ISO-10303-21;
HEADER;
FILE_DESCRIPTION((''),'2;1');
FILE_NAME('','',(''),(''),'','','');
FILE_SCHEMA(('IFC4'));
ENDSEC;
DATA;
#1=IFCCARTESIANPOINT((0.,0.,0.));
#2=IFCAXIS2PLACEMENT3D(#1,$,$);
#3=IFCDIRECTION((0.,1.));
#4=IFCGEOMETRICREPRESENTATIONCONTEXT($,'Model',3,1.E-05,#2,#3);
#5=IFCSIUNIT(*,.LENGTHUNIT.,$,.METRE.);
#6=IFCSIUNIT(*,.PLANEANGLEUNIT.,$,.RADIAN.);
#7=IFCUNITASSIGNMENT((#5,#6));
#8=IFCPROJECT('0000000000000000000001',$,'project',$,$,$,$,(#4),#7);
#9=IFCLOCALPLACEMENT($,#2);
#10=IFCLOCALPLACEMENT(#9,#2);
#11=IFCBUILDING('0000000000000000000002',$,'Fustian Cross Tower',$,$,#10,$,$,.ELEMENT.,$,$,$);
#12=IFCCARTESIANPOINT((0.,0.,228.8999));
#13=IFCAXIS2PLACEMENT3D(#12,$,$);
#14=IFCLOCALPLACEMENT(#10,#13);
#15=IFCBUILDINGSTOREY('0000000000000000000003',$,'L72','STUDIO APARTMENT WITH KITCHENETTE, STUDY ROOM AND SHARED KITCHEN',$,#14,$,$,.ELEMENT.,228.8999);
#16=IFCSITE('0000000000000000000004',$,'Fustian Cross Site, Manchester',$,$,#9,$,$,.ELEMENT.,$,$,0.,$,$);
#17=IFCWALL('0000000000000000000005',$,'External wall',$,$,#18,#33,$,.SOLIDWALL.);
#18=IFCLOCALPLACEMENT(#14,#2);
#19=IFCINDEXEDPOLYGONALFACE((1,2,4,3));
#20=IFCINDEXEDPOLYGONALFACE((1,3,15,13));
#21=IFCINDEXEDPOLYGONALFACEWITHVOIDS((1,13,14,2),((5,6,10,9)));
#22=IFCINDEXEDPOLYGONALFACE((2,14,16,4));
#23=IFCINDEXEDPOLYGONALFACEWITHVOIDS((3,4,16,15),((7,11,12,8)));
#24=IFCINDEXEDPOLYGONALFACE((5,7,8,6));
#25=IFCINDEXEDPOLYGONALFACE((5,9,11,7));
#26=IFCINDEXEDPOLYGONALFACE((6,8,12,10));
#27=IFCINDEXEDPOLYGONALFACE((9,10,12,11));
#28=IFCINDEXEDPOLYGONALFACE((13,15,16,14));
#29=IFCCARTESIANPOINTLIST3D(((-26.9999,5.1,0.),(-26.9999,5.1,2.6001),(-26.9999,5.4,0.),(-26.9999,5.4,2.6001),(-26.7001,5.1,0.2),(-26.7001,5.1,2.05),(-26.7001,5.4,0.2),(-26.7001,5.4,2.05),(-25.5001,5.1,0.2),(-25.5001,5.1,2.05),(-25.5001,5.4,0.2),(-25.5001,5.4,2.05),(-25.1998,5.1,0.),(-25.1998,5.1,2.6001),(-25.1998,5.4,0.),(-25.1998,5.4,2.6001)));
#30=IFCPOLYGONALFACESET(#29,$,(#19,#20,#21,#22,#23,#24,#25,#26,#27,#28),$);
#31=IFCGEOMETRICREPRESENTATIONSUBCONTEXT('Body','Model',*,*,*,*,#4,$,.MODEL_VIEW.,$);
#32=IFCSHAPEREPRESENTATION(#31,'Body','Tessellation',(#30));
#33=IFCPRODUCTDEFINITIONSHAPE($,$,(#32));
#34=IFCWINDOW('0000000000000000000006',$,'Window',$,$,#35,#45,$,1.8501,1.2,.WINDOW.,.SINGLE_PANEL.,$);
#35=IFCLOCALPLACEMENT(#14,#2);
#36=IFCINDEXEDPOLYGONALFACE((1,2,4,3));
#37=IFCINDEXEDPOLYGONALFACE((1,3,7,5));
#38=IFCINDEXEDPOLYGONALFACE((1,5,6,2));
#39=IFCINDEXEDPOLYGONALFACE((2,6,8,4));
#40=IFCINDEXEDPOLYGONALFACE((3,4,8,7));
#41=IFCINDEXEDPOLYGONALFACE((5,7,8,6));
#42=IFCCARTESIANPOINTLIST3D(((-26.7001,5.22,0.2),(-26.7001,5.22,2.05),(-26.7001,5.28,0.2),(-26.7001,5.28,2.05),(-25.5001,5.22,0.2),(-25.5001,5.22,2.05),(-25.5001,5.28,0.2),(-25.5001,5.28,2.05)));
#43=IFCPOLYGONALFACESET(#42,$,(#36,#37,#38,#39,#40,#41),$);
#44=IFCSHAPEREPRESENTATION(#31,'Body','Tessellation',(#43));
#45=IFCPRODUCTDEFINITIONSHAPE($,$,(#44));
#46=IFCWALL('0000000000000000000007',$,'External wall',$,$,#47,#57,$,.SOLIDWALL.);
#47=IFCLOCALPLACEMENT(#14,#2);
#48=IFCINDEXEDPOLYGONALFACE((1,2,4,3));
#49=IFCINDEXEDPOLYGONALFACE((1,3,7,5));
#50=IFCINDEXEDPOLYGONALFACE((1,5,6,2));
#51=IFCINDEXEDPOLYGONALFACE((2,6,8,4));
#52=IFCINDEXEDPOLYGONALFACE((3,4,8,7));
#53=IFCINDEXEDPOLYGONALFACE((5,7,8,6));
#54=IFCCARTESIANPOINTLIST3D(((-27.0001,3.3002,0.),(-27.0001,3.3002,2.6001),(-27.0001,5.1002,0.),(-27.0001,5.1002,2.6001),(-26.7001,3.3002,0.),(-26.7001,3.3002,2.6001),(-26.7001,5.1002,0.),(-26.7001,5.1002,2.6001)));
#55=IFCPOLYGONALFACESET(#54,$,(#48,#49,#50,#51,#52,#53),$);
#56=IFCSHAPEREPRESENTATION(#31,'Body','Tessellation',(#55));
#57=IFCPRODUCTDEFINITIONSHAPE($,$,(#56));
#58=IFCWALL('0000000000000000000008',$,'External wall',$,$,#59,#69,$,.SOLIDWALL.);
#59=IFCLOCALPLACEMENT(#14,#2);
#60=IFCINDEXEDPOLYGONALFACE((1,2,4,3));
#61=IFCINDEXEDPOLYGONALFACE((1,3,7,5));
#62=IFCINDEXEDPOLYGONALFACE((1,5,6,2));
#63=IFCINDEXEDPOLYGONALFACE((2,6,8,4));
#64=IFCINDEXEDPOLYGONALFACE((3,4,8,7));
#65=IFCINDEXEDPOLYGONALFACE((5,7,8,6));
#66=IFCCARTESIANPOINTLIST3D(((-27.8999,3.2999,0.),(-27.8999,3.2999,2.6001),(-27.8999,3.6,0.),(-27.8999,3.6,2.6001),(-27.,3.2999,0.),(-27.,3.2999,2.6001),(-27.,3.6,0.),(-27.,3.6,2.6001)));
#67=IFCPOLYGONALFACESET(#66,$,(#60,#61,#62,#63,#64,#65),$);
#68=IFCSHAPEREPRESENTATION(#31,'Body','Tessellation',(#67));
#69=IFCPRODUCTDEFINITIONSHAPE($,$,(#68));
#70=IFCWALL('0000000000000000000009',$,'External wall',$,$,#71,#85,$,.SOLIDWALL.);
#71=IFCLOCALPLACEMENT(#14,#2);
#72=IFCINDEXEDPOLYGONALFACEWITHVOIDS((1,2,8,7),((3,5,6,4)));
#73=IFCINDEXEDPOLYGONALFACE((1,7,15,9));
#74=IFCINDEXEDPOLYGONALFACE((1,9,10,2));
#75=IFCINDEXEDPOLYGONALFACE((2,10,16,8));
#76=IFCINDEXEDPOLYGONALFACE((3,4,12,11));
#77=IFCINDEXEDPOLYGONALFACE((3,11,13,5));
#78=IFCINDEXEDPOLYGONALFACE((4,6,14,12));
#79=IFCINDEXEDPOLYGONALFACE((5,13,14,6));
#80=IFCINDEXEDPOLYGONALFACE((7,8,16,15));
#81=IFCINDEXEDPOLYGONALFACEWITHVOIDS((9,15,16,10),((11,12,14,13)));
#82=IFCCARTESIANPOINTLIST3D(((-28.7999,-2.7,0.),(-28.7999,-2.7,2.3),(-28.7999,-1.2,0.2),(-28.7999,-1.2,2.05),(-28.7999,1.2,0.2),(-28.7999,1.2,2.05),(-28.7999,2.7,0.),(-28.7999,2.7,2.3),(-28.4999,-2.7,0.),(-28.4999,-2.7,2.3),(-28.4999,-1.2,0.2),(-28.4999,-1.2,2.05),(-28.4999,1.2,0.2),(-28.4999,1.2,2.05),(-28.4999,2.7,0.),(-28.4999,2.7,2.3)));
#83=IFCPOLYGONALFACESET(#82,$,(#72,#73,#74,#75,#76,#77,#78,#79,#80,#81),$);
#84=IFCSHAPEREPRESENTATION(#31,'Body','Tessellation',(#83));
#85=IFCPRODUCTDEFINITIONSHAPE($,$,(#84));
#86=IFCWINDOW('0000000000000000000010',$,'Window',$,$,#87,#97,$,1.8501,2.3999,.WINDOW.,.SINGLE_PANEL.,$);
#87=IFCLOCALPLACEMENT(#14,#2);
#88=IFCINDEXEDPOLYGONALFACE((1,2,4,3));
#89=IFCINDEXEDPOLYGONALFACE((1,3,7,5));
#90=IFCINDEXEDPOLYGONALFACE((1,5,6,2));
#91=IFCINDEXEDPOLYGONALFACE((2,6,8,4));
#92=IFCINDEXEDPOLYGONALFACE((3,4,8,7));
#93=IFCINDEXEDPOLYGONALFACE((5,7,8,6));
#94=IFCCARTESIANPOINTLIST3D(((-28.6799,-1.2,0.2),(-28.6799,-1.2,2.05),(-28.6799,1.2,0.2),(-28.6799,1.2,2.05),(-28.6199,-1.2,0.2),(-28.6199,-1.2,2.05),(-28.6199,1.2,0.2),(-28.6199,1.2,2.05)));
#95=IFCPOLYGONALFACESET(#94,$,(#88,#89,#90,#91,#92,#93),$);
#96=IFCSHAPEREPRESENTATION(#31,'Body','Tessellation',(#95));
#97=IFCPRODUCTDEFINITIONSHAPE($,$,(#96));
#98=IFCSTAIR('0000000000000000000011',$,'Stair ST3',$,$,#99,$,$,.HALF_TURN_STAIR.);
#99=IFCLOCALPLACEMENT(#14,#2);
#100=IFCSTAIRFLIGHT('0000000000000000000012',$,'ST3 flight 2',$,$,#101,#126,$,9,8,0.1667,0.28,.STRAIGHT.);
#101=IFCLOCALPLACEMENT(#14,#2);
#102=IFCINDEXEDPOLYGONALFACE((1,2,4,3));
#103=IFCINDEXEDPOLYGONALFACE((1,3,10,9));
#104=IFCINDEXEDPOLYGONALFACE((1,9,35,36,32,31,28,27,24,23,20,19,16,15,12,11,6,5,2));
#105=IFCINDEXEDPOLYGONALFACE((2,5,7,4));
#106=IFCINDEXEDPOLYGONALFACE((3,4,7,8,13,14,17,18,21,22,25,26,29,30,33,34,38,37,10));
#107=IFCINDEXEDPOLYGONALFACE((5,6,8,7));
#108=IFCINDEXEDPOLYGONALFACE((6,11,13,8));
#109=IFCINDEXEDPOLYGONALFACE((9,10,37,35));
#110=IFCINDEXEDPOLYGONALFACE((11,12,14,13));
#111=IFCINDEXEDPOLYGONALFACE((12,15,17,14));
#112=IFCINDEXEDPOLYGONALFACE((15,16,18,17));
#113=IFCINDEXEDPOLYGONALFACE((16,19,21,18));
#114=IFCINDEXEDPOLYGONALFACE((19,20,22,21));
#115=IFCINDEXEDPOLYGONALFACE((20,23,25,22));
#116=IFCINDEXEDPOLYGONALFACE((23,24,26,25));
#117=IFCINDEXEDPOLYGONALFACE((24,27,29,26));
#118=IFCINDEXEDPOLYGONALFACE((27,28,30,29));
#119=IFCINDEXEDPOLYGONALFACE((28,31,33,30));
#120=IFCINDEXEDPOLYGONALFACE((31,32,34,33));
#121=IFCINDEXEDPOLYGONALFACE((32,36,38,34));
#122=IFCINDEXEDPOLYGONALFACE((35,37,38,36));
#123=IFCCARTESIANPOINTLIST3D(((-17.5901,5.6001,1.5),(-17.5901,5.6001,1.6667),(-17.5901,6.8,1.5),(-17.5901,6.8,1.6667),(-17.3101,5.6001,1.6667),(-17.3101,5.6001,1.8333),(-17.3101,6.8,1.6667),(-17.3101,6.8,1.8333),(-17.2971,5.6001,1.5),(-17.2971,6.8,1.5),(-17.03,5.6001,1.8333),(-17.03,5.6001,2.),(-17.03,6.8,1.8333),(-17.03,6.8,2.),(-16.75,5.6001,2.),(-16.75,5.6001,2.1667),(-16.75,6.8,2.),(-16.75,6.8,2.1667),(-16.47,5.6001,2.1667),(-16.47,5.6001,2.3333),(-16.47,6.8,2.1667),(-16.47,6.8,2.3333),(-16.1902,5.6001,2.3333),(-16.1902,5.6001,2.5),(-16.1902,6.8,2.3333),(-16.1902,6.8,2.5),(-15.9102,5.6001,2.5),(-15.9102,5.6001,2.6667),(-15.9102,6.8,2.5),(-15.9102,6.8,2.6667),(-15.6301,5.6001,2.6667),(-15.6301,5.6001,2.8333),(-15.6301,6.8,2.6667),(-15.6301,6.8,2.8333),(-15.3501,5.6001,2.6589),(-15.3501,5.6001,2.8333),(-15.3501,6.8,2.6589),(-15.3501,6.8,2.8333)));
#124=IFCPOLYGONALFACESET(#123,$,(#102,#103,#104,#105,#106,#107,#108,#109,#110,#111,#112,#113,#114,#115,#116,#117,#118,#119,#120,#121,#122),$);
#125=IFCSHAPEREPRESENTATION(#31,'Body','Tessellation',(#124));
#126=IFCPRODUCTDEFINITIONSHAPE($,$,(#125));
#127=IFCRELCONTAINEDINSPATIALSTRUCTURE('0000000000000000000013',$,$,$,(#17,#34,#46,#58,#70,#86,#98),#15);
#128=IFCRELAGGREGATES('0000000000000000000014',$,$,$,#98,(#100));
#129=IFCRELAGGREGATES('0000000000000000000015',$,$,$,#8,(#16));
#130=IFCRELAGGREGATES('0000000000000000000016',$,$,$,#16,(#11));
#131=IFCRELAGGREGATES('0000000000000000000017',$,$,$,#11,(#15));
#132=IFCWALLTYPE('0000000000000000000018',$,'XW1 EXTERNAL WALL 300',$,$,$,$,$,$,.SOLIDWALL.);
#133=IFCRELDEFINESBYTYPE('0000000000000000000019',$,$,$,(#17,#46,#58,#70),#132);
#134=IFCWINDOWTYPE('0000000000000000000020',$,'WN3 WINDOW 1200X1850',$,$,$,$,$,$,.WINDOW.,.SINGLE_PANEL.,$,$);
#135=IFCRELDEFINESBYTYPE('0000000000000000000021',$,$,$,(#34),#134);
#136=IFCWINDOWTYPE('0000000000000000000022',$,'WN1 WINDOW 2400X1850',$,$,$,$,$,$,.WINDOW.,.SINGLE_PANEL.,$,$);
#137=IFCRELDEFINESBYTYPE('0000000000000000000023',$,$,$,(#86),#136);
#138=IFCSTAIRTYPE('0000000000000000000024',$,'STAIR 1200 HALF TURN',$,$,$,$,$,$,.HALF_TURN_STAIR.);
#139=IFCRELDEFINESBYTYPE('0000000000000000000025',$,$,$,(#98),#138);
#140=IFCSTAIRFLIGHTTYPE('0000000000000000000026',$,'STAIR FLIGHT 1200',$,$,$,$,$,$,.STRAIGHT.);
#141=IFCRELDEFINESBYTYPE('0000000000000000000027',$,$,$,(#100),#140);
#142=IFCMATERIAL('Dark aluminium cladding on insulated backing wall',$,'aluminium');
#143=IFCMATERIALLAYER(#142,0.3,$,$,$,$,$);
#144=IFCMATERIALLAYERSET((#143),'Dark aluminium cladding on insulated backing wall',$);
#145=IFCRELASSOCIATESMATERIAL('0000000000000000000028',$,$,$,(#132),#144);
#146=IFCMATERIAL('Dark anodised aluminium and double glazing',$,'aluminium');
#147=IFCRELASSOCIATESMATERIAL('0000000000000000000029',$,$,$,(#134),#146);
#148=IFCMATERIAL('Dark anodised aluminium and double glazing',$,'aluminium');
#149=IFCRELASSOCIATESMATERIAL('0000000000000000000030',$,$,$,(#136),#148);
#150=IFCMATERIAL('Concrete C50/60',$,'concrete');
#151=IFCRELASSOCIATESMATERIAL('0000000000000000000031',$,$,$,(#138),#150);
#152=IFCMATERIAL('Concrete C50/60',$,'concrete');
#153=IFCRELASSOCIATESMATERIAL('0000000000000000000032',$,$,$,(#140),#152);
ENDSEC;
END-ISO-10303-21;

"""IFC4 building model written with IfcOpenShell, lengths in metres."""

from ifc_helpers import new_model, si_unit, direction, frame, frame_2d, origin, place, context, subcontext, project, spatial, polyline, rectangle, outline, extrude, material, layer, layer_set, type_object, element, fill, aggregate, save


model = new_model("IFC4")

# Units and contexts
model_context = context("Model", 3, precision=1e-05, world=origin(), true_north=direction((0.0, 1.0)))
body_context = subcontext(model_context, "Body", "Model", "MODEL_VIEW")
ifc_project = project(units=[si_unit("LENGTHUNIT", "METRE"), si_unit("PLANEANGLEUNIT", "RADIAN")], contexts=[model_context])

# Site, building, storey
site_placement = place(None, origin())
site = spatial("IfcSite", under=ifc_project, at=site_placement, Name="Fustian Cross Site, Manchester", CompositionType="ELEMENT", RefElevation=0.0)
building_placement = place(site_placement, origin())
building = spatial("IfcBuilding", under=site, at=building_placement, Name="Fustian Cross Tower", CompositionType="ELEMENT")
storey_placement = place(building_placement, frame((0.0, 0.0, 228.8999)))
storey = spatial("IfcBuildingStorey", under=building, at=storey_placement, Name="L72", Description="STUDIO APARTMENT WITH KITCHENETTE, STUDY ROOM AND SHARED KITCHEN", CompositionType="ELEMENT", Elevation=228.8999)

# Shared definitions
ifc_material_1 = material(Name="Dark aluminium cladding on insulated backing wall", Category="aluminium")
ifc_layer_1 = layer(ifc_material_1, 0.3)
ifc_layer_set_1 = layer_set([ifc_layer_1], Name="Dark aluminium cladding on insulated backing wall")
wall_type_1 = type_object("IfcWallType", Name="XW1 EXTERNAL WALL 300", PredefinedType="SOLIDWALL", material=ifc_layer_set_1)
ifc_material_2 = material(Name="Dark anodised aluminium and double glazing", Category="aluminium")
window_type_1 = type_object("IfcWindowType", Name="WN3 WINDOW 1200X1850", PartitioningType="SINGLE_PANEL", PredefinedType="WINDOW", material=ifc_material_2)

# Wall, opening, window
wall_1_placement = place(storey_placement, frame((-25.2, 5.25, 0.0), z_axis=(0.0, 0.0, 1.0), x_axis=(-1.0, 0.0, 0.0)))
wall_1 = element("IfcWall", 1, at=wall_1_placement, inside=storey, type_object=wall_type_1, Name="External wall", PredefinedType="SOLIDWALL", context=body_context, shape_type="SweptSolid", body=[
    extrude(rectangle(XDim=1.8, YDim=0.3, at=frame_2d((0.8999, 0.0))), origin(), (0.0, 0.0, 1.0), 2.6001),
])
opening_1_placement = place(wall_1_placement, frame((0.3, 0.0, 0.2)))
opening_1 = element("IfcOpeningElement", 2, at=opening_1_placement, cuts=wall_1, PredefinedType="OPENING", context=body_context, shape_type="SweptSolid", body=[
    extrude(rectangle(XDim=1.2, YDim=1.8501, at=frame_2d((0.6001, 0.925))), frame((0.0, 0.1599, 0.0), z_axis=(0.0, -1.0, 0.0), x_axis=(1.0, 0.0, 0.0)), (0.0, 0.0, 1.0), 0.3201),
])
window_1_placement = place(opening_1_placement, origin())
window_1 = element("IfcWindow", 3, at=window_1_placement, inside=storey, type_object=window_type_1, Name="Window", OverallHeight=1.8501, OverallWidth=1.2, PartitioningType="SINGLE_PANEL", PredefinedType="WINDOW", context=body_context, shape_type="SweptSolid", body=[
    extrude(rectangle(XDim=1.2, YDim=1.8501, at=frame_2d((0.6001, 0.925))), frame((0.0, 0.03, 0.0), z_axis=(0.0, -1.0, 0.0), x_axis=(1.0, 0.0, 0.0)), (0.0, 0.0, 1.0), 0.0601),
])
fill(opening_1, window_1)

# Walls
wall_2_placement = place(storey_placement, frame((-26.8501, 5.1001, 0.0), z_axis=(0.0, 0.0, 1.0), x_axis=(0.0, -1.0, 0.0)))
element("IfcWall", 4, at=wall_2_placement, inside=storey, type_object=wall_type_1, Name="External wall", PredefinedType="SOLIDWALL", context=body_context, shape_type="SweptSolid", body=[
    extrude(rectangle(XDim=1.8, YDim=0.3, at=frame_2d((0.8999, 0.0))), origin(), (0.0, 0.0, 1.0), 2.6001),
])
wall_3_placement = place(storey_placement, frame((-27.0, 3.45, 0.0), z_axis=(0.0, 0.0, 1.0), x_axis=(-1.0, 0.0, 0.0)))
element("IfcWall", 5, at=wall_3_placement, inside=storey, type_object=wall_type_1, Name="External wall", PredefinedType="SOLIDWALL", context=body_context, shape_type="SweptSolid", body=[
    extrude(rectangle(XDim=0.8999, YDim=0.3, at=frame_2d((0.45, 0.0))), origin(), (0.0, 0.0, 1.0), 2.6001),
])

# Wall, opening, window
wall_4_placement = place(storey_placement, frame((-28.6499, 2.7, 0.0), z_axis=(0.0, 0.0, 1.0), x_axis=(0.0, -1.0, 0.0)))
wall_4 = element("IfcWall", 6, at=wall_4_placement, inside=storey, type_object=wall_type_1, Name="External wall", PredefinedType="SOLIDWALL", context=body_context, shape_type="SweptSolid", body=[
    extrude(rectangle(XDim=5.3999, YDim=0.3, at=frame_2d((2.7, 0.0))), origin(), (0.0, 0.0, 1.0), 2.3),
])
opening_2_placement = place(wall_4_placement, frame((1.5, 0.0, 0.2)))
opening_2 = element("IfcOpeningElement", 7, at=opening_2_placement, cuts=wall_4, PredefinedType="OPENING", context=body_context, shape_type="SweptSolid", body=[
    extrude(rectangle(XDim=2.3999, YDim=1.8501, at=frame_2d((1.2, 0.925))), frame((0.0, 0.1599, 0.0), z_axis=(0.0, -1.0, 0.0), x_axis=(1.0, 0.0, 0.0)), (0.0, 0.0, 1.0), 0.3201),
])
ifc_material_3 = material(Name="Dark anodised aluminium and double glazing", Category="aluminium")
window_type_2 = type_object("IfcWindowType", Name="WN1 WINDOW 2400X1850", PartitioningType="SINGLE_PANEL", PredefinedType="WINDOW", material=ifc_material_3)
window_2_placement = place(opening_2_placement, origin())
window_2 = element("IfcWindow", 8, at=window_2_placement, inside=storey, type_object=window_type_2, Name="Window", OverallHeight=1.8501, OverallWidth=2.3999, PartitioningType="SINGLE_PANEL", PredefinedType="WINDOW", context=body_context, shape_type="SweptSolid", body=[
    extrude(rectangle(XDim=2.3999, YDim=1.8501, at=frame_2d((1.2, 0.925))), frame((0.0, 0.03, 0.0), z_axis=(0.0, -1.0, 0.0), x_axis=(1.0, 0.0, 0.0)), (0.0, 0.0, 1.0), 0.0601),
])
fill(opening_2, window_2)

# Stair, stair flight
ifc_material_4 = material(Name="Concrete C50/60", Category="concrete")
stair_type = type_object("IfcStairType", Name="STAIR 1200 HALF TURN", PredefinedType="HALF_TURN_STAIR", material=ifc_material_4)
stair_placement = place(storey_placement, origin())
stair = element("IfcStair", 9, at=stair_placement, inside=storey, type_object=stair_type, Name="Stair ST3", PredefinedType="HALF_TURN_STAIR")
ifc_material_5 = material(Name="Concrete C50/60", Category="concrete")
stair_flight_type = type_object("IfcStairFlightType", Name="STAIR FLIGHT 1200", PredefinedType="STRAIGHT", material=ifc_material_5)
stair_flight_placement = place(storey_placement, frame((-17.5901, 6.2, 1.5), z_axis=(0.0, 0.0, 1.0), x_axis=(1.0, 0.0, 0.0)))
stair_flight = element("IfcStairFlight", 10, at=stair_flight_placement, type_object=stair_flight_type, Name="ST3 flight 2", NumberOfRisers=9, NumberOfTreads=8, PredefinedType="STRAIGHT", RiserHeight=0.1667, TreadLength=0.28, context=body_context, shape_type="SweptSolid", body=[
    extrude(outline(polyline([(0.0, 0.0), (0.0, 0.1667), (0.28, 0.1667), (0.28, 0.3333), (0.5601, 0.3333), (0.5601, 0.5), (0.8401, 0.5), (0.8401, 0.6667), (1.1201, 0.6667), (1.1201, 0.8333), (1.3999, 0.8333), (1.3999, 1.0), (1.6799, 1.0), (1.6799, 1.1667), (1.96, 1.1667), (1.96, 1.3333), (2.24, 1.3333), (2.24, 1.5), (2.24, 1.1589), (0.293, 0.0), (0.0, 0.0)])), frame((0.0, 0.6001, 0.0), z_axis=(0.0, -1.0, 0.0), x_axis=(1.0, 0.0, 0.0)), (0.0, 0.0, 1.0), 1.2),
])
aggregate(stair, [stair_flight])

save(model, "model.ifc")
